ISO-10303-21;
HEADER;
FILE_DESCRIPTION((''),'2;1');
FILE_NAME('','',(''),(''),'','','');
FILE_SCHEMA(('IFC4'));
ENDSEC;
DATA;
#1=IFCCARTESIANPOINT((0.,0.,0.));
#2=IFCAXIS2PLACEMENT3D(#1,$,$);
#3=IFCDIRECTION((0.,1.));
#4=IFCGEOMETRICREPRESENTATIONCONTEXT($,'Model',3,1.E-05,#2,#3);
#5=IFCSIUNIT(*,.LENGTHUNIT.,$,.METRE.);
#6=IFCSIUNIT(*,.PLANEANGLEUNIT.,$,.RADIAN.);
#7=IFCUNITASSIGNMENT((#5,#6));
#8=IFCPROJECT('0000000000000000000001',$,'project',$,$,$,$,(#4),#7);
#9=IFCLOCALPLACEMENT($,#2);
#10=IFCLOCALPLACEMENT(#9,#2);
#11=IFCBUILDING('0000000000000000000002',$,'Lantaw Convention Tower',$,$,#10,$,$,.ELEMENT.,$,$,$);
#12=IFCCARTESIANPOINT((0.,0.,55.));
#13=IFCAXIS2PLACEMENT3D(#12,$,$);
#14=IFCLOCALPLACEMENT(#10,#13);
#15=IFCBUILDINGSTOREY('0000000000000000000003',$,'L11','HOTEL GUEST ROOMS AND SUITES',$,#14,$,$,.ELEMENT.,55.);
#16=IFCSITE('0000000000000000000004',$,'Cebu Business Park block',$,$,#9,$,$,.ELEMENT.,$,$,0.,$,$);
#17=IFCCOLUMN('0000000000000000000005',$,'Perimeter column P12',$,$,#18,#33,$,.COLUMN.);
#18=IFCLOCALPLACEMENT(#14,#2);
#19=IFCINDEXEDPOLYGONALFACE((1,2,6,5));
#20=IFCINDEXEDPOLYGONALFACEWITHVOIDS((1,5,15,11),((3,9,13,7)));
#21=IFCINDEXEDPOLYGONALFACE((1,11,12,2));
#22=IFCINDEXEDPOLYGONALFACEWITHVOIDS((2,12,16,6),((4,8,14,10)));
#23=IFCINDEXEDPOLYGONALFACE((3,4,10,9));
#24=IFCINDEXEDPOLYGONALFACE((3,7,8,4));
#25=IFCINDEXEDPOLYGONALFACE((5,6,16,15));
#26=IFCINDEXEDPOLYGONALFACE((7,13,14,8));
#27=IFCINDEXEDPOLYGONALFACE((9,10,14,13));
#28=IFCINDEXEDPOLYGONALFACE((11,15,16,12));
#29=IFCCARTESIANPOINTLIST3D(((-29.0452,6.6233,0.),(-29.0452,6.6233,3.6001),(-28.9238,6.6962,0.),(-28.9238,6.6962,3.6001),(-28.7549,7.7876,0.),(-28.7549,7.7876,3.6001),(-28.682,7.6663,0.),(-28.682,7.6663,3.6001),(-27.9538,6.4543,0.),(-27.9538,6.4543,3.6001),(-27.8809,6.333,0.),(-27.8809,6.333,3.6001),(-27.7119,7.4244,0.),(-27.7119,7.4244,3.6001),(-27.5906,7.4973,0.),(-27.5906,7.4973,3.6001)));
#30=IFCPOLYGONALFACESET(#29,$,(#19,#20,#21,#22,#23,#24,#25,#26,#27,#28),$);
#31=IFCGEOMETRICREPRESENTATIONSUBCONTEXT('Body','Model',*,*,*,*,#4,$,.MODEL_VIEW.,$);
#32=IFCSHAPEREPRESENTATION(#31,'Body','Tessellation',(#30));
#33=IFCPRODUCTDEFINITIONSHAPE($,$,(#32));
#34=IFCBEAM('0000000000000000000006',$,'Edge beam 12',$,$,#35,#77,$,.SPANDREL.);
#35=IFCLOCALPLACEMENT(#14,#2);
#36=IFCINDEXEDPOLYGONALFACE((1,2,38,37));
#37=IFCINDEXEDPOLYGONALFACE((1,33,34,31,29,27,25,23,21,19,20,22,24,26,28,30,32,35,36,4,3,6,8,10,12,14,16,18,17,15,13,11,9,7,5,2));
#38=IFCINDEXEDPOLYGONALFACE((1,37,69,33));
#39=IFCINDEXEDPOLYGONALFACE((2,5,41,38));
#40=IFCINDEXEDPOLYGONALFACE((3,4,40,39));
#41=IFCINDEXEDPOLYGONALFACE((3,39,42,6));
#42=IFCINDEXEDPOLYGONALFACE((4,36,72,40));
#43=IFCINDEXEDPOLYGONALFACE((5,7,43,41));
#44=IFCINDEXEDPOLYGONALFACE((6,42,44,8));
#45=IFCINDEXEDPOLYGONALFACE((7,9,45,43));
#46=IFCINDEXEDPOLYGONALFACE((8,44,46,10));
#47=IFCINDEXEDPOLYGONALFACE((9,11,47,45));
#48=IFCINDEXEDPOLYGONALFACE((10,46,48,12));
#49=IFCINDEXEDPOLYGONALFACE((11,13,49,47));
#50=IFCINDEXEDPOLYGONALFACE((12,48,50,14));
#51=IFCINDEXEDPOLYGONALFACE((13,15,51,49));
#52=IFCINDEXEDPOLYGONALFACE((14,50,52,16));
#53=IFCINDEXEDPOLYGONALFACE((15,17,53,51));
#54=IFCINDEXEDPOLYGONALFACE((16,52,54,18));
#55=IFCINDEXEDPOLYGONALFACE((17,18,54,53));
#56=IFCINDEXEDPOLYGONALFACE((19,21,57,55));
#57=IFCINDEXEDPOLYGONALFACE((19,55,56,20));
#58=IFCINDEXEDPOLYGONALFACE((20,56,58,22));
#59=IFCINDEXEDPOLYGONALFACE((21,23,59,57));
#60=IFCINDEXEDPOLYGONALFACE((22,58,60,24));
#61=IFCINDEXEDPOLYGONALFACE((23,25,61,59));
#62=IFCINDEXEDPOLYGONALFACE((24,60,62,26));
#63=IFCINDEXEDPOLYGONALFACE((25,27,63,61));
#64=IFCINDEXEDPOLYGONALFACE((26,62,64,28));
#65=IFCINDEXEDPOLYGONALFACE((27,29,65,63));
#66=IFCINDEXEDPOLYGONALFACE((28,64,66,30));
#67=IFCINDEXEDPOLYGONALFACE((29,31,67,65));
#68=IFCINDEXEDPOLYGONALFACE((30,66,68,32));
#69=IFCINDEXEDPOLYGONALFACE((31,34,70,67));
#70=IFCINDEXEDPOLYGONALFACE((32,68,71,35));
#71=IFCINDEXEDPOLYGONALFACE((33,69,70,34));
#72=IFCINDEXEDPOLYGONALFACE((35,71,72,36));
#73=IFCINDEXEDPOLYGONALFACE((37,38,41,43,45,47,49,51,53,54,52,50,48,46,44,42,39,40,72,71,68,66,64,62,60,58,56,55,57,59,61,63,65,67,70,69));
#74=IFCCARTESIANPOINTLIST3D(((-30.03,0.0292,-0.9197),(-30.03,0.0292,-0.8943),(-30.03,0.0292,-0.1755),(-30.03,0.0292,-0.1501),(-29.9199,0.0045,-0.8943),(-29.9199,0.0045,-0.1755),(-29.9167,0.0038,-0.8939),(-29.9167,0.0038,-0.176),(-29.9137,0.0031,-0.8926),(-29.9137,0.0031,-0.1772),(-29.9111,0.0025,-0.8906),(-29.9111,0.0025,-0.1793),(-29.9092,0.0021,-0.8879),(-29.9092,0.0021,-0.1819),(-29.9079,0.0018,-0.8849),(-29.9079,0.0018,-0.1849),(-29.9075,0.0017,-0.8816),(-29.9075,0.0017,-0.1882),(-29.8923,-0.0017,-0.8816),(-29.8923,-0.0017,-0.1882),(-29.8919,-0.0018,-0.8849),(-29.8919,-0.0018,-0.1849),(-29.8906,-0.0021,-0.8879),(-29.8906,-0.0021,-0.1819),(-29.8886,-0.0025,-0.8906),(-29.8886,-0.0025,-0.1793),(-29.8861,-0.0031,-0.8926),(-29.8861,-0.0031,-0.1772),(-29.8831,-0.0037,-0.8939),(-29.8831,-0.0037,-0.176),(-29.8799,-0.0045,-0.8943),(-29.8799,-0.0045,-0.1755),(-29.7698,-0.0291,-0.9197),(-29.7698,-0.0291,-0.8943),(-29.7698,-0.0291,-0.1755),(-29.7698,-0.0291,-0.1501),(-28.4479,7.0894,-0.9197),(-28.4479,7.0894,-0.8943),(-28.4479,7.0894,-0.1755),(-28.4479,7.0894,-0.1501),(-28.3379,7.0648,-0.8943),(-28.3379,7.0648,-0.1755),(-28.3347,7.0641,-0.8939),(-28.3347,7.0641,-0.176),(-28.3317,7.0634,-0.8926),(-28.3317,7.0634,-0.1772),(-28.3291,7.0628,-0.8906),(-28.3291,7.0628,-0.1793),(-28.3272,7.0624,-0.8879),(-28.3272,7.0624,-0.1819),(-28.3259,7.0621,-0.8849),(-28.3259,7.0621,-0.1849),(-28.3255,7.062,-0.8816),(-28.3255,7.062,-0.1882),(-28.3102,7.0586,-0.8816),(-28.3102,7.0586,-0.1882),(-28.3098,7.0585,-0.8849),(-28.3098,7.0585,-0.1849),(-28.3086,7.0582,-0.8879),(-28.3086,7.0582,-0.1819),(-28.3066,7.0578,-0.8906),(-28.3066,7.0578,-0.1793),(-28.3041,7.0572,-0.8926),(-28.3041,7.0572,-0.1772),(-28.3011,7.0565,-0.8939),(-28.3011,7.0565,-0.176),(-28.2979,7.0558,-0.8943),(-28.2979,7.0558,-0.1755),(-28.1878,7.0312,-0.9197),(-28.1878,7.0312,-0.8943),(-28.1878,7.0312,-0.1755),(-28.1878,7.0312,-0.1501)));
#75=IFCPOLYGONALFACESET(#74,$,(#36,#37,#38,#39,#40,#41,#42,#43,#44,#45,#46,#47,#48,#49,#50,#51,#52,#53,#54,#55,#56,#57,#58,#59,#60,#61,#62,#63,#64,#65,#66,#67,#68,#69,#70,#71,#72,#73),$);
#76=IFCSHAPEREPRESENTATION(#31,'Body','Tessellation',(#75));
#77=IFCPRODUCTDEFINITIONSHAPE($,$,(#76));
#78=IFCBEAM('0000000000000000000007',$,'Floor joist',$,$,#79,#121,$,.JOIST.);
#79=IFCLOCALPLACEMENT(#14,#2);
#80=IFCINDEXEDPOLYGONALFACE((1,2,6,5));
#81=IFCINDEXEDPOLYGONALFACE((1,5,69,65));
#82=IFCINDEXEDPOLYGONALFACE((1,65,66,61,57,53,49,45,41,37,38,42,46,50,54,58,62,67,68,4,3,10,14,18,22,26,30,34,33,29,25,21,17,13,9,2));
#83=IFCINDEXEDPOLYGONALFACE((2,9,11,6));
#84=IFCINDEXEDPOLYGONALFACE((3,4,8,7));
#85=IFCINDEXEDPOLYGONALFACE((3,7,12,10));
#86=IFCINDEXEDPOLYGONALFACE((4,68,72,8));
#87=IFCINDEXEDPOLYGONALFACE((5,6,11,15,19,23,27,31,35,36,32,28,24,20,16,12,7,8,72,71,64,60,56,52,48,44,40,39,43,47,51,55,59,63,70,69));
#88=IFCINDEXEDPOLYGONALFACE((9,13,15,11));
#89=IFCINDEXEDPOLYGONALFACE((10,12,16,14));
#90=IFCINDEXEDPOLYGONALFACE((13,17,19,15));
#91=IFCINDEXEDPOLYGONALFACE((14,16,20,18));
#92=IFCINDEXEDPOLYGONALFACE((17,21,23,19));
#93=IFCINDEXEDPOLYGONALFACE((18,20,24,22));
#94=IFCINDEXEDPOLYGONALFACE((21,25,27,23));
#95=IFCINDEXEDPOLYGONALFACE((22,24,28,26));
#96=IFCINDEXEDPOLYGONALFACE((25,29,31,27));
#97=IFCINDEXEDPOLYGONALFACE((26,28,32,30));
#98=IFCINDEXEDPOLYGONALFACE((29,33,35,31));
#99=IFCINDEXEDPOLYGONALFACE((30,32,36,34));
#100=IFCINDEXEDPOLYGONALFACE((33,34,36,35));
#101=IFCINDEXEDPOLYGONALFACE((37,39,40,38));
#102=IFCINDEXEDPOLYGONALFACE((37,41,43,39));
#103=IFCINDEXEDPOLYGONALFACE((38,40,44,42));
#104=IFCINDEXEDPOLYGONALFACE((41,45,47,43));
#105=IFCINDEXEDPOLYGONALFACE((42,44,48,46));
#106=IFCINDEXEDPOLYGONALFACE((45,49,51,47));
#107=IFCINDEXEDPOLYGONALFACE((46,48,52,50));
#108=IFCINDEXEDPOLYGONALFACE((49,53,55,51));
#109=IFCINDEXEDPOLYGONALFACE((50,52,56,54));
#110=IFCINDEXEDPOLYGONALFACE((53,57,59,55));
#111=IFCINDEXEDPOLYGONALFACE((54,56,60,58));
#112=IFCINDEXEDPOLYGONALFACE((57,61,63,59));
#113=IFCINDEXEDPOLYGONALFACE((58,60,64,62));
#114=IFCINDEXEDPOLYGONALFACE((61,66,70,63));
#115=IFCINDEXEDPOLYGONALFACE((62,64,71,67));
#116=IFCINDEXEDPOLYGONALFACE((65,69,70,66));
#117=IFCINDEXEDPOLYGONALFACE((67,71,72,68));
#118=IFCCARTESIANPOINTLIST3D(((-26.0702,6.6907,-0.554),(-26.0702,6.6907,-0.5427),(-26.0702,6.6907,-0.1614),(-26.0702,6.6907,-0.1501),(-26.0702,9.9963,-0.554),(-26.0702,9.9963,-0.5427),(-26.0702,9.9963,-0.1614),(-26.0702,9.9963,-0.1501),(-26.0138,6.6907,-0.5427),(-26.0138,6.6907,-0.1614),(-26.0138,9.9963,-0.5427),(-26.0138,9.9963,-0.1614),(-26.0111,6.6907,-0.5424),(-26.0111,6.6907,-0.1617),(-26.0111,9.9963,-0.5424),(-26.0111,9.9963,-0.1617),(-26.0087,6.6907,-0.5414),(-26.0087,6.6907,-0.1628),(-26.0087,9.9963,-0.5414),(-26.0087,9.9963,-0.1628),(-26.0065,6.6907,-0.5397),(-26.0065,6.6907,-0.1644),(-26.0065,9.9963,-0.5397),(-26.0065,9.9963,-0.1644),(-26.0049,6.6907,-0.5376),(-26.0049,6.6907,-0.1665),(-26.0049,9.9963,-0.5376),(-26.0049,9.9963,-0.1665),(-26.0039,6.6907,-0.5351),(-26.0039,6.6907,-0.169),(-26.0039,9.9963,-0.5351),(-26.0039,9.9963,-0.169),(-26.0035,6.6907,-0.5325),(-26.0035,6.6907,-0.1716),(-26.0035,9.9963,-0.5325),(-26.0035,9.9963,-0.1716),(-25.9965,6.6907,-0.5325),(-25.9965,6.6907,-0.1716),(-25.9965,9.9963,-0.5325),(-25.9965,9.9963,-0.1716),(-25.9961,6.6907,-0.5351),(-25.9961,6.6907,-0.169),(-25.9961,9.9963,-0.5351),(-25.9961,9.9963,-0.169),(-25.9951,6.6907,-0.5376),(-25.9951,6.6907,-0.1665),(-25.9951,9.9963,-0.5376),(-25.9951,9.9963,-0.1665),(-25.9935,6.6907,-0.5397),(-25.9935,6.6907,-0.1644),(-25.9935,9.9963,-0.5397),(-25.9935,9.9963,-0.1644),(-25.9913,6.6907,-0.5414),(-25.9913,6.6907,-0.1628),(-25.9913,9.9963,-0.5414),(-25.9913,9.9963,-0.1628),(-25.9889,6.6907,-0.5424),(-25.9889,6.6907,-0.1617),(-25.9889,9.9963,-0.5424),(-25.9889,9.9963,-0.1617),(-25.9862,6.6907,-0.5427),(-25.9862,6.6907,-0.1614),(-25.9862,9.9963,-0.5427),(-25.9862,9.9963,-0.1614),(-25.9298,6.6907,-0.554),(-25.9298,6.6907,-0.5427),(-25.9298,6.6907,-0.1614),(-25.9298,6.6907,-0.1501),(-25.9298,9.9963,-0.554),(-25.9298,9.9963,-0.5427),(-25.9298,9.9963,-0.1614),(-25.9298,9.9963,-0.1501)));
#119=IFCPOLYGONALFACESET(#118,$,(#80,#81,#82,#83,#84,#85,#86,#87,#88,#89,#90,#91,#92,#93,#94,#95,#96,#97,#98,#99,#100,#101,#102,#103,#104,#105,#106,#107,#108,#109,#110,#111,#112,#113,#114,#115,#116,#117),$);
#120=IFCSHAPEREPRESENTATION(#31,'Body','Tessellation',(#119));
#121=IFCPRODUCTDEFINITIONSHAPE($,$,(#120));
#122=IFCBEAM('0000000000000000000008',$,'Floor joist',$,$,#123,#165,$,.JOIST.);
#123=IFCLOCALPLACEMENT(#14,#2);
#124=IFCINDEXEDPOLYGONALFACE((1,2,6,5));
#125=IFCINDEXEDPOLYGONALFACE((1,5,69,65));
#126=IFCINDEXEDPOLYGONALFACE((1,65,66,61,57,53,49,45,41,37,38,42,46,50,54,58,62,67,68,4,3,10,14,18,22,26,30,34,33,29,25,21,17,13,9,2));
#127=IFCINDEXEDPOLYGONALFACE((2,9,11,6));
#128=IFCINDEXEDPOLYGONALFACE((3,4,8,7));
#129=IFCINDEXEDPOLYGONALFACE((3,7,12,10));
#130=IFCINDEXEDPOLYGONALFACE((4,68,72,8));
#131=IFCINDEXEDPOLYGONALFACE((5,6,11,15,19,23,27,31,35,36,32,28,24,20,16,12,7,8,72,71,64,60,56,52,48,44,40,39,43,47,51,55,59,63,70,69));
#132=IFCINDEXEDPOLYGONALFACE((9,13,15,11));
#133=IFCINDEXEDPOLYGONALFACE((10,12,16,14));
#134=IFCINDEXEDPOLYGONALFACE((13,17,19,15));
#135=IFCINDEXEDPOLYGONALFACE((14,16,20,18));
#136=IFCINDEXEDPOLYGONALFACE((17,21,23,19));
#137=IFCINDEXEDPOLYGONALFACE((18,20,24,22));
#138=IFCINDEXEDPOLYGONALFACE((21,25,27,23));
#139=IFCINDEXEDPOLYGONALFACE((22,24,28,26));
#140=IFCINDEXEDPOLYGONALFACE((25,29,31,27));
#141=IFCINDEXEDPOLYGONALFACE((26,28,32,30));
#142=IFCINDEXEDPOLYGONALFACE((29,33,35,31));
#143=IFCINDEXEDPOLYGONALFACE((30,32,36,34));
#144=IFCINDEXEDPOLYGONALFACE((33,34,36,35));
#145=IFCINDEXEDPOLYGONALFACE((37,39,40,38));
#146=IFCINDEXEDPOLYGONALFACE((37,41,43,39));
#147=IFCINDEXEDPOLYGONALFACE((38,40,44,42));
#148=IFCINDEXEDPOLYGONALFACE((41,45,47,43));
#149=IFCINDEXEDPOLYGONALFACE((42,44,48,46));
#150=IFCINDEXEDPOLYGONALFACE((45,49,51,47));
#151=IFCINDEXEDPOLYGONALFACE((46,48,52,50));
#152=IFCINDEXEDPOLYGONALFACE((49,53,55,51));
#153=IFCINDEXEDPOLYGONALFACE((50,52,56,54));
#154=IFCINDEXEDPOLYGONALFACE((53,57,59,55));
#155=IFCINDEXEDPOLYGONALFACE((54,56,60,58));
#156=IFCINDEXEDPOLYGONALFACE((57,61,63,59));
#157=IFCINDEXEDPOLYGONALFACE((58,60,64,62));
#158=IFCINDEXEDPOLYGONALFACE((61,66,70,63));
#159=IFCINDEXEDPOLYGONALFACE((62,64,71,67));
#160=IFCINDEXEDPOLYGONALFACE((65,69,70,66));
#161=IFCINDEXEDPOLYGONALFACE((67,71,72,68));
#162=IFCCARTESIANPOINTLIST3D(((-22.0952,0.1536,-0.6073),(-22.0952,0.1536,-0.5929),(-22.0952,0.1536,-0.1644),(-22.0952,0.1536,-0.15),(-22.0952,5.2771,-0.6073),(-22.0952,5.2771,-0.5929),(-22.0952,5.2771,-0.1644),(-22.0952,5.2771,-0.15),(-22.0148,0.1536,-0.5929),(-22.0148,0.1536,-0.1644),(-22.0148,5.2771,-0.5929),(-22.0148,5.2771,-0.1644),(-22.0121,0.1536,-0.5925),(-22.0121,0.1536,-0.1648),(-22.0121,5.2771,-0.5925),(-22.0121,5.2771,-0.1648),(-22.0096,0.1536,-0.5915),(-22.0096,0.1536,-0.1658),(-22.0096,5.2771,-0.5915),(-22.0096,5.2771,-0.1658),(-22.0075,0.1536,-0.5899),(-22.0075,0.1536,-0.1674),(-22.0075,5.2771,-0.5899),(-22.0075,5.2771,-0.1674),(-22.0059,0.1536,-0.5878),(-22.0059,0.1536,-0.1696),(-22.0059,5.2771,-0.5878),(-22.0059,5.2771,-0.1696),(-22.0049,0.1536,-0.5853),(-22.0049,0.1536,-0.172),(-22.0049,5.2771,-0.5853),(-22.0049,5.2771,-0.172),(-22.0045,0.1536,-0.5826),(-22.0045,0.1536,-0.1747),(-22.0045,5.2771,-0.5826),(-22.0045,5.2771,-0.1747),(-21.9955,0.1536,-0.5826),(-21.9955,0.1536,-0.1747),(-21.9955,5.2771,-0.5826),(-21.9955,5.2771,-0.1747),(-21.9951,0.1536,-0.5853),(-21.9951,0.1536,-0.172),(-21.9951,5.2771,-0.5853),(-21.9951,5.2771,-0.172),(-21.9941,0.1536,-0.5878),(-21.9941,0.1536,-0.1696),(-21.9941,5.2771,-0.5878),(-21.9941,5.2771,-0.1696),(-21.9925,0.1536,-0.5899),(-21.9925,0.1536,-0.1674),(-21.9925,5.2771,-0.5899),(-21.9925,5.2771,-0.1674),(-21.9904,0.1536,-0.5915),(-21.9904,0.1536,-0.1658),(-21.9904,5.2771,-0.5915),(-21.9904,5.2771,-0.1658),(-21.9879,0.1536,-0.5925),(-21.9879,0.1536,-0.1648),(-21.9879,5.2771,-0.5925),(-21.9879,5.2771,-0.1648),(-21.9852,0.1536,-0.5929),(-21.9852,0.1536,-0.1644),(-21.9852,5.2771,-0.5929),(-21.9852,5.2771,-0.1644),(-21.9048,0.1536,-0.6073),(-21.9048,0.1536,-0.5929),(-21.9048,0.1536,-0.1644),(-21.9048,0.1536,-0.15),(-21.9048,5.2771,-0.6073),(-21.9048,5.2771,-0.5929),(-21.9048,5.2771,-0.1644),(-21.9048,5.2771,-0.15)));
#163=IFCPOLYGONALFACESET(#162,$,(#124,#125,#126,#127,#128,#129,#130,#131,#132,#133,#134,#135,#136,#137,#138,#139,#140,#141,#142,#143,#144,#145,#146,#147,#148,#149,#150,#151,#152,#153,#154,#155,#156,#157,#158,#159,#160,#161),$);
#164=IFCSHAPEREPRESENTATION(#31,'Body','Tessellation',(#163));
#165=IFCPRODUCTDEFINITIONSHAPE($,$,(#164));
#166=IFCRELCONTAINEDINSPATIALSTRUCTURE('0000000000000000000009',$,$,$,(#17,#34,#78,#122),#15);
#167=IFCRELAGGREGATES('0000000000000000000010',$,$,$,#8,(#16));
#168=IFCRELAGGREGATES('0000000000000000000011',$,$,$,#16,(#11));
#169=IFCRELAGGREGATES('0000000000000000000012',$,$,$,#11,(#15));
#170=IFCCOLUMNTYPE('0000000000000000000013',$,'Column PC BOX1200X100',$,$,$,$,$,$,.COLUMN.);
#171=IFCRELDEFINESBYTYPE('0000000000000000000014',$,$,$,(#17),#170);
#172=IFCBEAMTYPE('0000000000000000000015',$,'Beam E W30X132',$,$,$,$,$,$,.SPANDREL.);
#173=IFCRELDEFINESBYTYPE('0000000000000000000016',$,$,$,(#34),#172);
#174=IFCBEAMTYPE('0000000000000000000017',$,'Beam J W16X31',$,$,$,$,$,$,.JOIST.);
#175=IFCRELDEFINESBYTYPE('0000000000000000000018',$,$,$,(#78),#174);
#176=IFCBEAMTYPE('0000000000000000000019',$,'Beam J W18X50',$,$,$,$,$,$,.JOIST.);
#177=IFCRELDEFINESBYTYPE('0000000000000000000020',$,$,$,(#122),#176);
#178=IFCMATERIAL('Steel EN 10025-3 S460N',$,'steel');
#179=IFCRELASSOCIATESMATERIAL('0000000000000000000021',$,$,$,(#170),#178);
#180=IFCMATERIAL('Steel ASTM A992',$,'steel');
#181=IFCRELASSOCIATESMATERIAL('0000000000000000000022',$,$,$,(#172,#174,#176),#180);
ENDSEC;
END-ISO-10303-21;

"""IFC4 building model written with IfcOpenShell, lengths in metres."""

from ifc_helpers import new_model, si_unit, direction, frame, origin, origin_2d, place, context, subcontext, project, spatial, rectangle, hollow_rectangle, i_section, extrude, material, material_profile, profile_set, type_object, element, save


model = new_model("IFC4")

# Units and contexts
model_context = context("Model", 3, precision=1e-05, world=origin(), true_north=direction((0.0, 1.0)))
body_context = subcontext(model_context, "Body", "Model", "MODEL_VIEW")
ifc_project = project(units=[si_unit("LENGTHUNIT", "METRE"), si_unit("PLANEANGLEUNIT", "RADIAN")], contexts=[model_context])

# Site, building, storey
site_placement = place(None, origin())
site = spatial("IfcSite", under=ifc_project, at=site_placement, Name="Cebu Business Park block", CompositionType="ELEMENT", RefElevation=0.0)
building_placement = place(site_placement, origin())
building = spatial("IfcBuilding", under=site, at=building_placement, Name="Lantaw Convention Tower", CompositionType="ELEMENT")
storey_placement = place(building_placement, frame((0.0, 0.0, 55.0)))
storey = spatial("IfcBuildingStorey", under=building, at=storey_placement, Name="L11", Description="HOTEL GUEST ROOMS AND SUITES", CompositionType="ELEMENT", Elevation=55.0)

# Column
ifc_material_1 = material(Name="Steel EN 10025-3 S460N", Category="steel")
ifc_material_profile_1 = material_profile(ifc_material_1, hollow_rectangle(XDim=1.2, YDim=1.2, WallThickness=0.1001, at=origin_2d()), Name="BOX1200X100")
ifc_material_2 = material(Name="Concrete C60/75", Category="concrete")
ifc_material_profile_2 = material_profile(ifc_material_2, rectangle(XDim=1.0, YDim=1.0, at=origin_2d()), Name="Concrete fill of BOX1200X100")
ifc_profile_set_1 = profile_set([ifc_material_profile_1, ifc_material_profile_2], Name="Steel EN 10025-3 S460N")
column_type = type_object("IfcColumnType", Name="Column PC BOX1200X100", PredefinedType="COLUMN", material=ifc_profile_set_1)
column_placement = place(storey_placement, frame((-28.3179, 7.0603, 0.0), z_axis=(0.0, 0.0, 1.0), x_axis=(0.241922, 0.970296, 0.0)))
element("IfcColumn", 1, at=column_placement, inside=storey, type_object=column_type, Name="Perimeter column P12", PredefinedType="COLUMN", context=body_context, shape_type="SweptSolid", body=[
    extrude(hollow_rectangle(XDim=1.2, YDim=1.2, WallThickness=0.1001, at=origin_2d()), origin(), (0.0, 0.0, 1.0), 3.6001),
])

# Beams
ifc_material_3 = material(Name="Steel ASTM A992", Category="steel")
ifc_material_profile_3 = material_profile(ifc_material_3, i_section(OverallWidth=0.2666, OverallDepth=0.7695, WebThickness=0.0156, FlangeThickness=0.0254, FilletRadius=0.0127, at=origin_2d()), Name="W30X132")
ifc_profile_set_2 = profile_set([ifc_material_profile_3], Name="Steel ASTM A992")
beam_type_1 = type_object("IfcBeamType", Name="Beam E W30X132", PredefinedType="SPANDREL", material=ifc_profile_set_2)
beam_1_placement = place(storey_placement, frame((-28.3179, 7.0603, -0.5349), z_axis=(-0.218652, -0.975803, 0.0), x_axis=(0.975803, -0.218652, 0.0)))
element("IfcBeam", 2, at=beam_1_placement, inside=storey, type_object=beam_type_1, Name="Edge beam 12", PredefinedType="SPANDREL", context=body_context, shape_type="SweptSolid", body=[
    extrude(i_section(OverallWidth=0.2666, OverallDepth=0.7695, WebThickness=0.0156, FlangeThickness=0.0254, FilletRadius=0.0127, at=origin_2d()), origin(), (0.0, 0.0, 1.0), 7.2354),
])
ifc_material_profile_4 = material_profile(ifc_material_3, i_section(OverallWidth=0.1404, OverallDepth=0.4038, WebThickness=0.0071, FlangeThickness=0.0112, FilletRadius=0.0103, at=origin_2d()), Name="W16X31")
ifc_profile_set_3 = profile_set([ifc_material_profile_4], Name="Steel ASTM A992")
beam_type_2 = type_object("IfcBeamType", Name="Beam J W16X31", PredefinedType="JOIST", material=ifc_profile_set_3)
beam_2_placement = place(storey_placement, frame((-26.0, 6.6907, -0.3521), z_axis=(0.0, 1.0, 0.0), x_axis=(-1.0, 0.0, 0.0)))
element("IfcBeam", 3, at=beam_2_placement, inside=storey, type_object=beam_type_2, Name="Floor joist", PredefinedType="JOIST", context=body_context, shape_type="SweptSolid", body=[
    extrude(i_section(OverallWidth=0.1404, OverallDepth=0.4038, WebThickness=0.0071, FlangeThickness=0.0112, FilletRadius=0.0103, at=origin_2d()), origin(), (0.0, 0.0, 1.0), 3.3057),
])
ifc_material_profile_5 = material_profile(ifc_material_3, i_section(OverallWidth=0.1904, OverallDepth=0.4573, WebThickness=0.009, FlangeThickness=0.0144, FilletRadius=0.0103, at=origin_2d()), Name="W18X50")
ifc_profile_set_4 = profile_set([ifc_material_profile_5], Name="Steel ASTM A992")
beam_type_3 = type_object("IfcBeamType", Name="Beam J W18X50", PredefinedType="JOIST", material=ifc_profile_set_4)
beam_3_placement = place(storey_placement, frame((-22.0, 0.1536, -0.3787), z_axis=(0.0, 1.0, 0.0), x_axis=(-1.0, 0.0, 0.0)))
element("IfcBeam", 4, at=beam_3_placement, inside=storey, type_object=beam_type_3, Name="Floor joist", PredefinedType="JOIST", context=body_context, shape_type="SweptSolid", body=[
    extrude(i_section(OverallWidth=0.1904, OverallDepth=0.4573, WebThickness=0.009, FlangeThickness=0.0144, FilletRadius=0.0103, at=origin_2d()), origin(), (0.0, 0.0, 1.0), 5.1235),
])

save(model, "model.ifc")
